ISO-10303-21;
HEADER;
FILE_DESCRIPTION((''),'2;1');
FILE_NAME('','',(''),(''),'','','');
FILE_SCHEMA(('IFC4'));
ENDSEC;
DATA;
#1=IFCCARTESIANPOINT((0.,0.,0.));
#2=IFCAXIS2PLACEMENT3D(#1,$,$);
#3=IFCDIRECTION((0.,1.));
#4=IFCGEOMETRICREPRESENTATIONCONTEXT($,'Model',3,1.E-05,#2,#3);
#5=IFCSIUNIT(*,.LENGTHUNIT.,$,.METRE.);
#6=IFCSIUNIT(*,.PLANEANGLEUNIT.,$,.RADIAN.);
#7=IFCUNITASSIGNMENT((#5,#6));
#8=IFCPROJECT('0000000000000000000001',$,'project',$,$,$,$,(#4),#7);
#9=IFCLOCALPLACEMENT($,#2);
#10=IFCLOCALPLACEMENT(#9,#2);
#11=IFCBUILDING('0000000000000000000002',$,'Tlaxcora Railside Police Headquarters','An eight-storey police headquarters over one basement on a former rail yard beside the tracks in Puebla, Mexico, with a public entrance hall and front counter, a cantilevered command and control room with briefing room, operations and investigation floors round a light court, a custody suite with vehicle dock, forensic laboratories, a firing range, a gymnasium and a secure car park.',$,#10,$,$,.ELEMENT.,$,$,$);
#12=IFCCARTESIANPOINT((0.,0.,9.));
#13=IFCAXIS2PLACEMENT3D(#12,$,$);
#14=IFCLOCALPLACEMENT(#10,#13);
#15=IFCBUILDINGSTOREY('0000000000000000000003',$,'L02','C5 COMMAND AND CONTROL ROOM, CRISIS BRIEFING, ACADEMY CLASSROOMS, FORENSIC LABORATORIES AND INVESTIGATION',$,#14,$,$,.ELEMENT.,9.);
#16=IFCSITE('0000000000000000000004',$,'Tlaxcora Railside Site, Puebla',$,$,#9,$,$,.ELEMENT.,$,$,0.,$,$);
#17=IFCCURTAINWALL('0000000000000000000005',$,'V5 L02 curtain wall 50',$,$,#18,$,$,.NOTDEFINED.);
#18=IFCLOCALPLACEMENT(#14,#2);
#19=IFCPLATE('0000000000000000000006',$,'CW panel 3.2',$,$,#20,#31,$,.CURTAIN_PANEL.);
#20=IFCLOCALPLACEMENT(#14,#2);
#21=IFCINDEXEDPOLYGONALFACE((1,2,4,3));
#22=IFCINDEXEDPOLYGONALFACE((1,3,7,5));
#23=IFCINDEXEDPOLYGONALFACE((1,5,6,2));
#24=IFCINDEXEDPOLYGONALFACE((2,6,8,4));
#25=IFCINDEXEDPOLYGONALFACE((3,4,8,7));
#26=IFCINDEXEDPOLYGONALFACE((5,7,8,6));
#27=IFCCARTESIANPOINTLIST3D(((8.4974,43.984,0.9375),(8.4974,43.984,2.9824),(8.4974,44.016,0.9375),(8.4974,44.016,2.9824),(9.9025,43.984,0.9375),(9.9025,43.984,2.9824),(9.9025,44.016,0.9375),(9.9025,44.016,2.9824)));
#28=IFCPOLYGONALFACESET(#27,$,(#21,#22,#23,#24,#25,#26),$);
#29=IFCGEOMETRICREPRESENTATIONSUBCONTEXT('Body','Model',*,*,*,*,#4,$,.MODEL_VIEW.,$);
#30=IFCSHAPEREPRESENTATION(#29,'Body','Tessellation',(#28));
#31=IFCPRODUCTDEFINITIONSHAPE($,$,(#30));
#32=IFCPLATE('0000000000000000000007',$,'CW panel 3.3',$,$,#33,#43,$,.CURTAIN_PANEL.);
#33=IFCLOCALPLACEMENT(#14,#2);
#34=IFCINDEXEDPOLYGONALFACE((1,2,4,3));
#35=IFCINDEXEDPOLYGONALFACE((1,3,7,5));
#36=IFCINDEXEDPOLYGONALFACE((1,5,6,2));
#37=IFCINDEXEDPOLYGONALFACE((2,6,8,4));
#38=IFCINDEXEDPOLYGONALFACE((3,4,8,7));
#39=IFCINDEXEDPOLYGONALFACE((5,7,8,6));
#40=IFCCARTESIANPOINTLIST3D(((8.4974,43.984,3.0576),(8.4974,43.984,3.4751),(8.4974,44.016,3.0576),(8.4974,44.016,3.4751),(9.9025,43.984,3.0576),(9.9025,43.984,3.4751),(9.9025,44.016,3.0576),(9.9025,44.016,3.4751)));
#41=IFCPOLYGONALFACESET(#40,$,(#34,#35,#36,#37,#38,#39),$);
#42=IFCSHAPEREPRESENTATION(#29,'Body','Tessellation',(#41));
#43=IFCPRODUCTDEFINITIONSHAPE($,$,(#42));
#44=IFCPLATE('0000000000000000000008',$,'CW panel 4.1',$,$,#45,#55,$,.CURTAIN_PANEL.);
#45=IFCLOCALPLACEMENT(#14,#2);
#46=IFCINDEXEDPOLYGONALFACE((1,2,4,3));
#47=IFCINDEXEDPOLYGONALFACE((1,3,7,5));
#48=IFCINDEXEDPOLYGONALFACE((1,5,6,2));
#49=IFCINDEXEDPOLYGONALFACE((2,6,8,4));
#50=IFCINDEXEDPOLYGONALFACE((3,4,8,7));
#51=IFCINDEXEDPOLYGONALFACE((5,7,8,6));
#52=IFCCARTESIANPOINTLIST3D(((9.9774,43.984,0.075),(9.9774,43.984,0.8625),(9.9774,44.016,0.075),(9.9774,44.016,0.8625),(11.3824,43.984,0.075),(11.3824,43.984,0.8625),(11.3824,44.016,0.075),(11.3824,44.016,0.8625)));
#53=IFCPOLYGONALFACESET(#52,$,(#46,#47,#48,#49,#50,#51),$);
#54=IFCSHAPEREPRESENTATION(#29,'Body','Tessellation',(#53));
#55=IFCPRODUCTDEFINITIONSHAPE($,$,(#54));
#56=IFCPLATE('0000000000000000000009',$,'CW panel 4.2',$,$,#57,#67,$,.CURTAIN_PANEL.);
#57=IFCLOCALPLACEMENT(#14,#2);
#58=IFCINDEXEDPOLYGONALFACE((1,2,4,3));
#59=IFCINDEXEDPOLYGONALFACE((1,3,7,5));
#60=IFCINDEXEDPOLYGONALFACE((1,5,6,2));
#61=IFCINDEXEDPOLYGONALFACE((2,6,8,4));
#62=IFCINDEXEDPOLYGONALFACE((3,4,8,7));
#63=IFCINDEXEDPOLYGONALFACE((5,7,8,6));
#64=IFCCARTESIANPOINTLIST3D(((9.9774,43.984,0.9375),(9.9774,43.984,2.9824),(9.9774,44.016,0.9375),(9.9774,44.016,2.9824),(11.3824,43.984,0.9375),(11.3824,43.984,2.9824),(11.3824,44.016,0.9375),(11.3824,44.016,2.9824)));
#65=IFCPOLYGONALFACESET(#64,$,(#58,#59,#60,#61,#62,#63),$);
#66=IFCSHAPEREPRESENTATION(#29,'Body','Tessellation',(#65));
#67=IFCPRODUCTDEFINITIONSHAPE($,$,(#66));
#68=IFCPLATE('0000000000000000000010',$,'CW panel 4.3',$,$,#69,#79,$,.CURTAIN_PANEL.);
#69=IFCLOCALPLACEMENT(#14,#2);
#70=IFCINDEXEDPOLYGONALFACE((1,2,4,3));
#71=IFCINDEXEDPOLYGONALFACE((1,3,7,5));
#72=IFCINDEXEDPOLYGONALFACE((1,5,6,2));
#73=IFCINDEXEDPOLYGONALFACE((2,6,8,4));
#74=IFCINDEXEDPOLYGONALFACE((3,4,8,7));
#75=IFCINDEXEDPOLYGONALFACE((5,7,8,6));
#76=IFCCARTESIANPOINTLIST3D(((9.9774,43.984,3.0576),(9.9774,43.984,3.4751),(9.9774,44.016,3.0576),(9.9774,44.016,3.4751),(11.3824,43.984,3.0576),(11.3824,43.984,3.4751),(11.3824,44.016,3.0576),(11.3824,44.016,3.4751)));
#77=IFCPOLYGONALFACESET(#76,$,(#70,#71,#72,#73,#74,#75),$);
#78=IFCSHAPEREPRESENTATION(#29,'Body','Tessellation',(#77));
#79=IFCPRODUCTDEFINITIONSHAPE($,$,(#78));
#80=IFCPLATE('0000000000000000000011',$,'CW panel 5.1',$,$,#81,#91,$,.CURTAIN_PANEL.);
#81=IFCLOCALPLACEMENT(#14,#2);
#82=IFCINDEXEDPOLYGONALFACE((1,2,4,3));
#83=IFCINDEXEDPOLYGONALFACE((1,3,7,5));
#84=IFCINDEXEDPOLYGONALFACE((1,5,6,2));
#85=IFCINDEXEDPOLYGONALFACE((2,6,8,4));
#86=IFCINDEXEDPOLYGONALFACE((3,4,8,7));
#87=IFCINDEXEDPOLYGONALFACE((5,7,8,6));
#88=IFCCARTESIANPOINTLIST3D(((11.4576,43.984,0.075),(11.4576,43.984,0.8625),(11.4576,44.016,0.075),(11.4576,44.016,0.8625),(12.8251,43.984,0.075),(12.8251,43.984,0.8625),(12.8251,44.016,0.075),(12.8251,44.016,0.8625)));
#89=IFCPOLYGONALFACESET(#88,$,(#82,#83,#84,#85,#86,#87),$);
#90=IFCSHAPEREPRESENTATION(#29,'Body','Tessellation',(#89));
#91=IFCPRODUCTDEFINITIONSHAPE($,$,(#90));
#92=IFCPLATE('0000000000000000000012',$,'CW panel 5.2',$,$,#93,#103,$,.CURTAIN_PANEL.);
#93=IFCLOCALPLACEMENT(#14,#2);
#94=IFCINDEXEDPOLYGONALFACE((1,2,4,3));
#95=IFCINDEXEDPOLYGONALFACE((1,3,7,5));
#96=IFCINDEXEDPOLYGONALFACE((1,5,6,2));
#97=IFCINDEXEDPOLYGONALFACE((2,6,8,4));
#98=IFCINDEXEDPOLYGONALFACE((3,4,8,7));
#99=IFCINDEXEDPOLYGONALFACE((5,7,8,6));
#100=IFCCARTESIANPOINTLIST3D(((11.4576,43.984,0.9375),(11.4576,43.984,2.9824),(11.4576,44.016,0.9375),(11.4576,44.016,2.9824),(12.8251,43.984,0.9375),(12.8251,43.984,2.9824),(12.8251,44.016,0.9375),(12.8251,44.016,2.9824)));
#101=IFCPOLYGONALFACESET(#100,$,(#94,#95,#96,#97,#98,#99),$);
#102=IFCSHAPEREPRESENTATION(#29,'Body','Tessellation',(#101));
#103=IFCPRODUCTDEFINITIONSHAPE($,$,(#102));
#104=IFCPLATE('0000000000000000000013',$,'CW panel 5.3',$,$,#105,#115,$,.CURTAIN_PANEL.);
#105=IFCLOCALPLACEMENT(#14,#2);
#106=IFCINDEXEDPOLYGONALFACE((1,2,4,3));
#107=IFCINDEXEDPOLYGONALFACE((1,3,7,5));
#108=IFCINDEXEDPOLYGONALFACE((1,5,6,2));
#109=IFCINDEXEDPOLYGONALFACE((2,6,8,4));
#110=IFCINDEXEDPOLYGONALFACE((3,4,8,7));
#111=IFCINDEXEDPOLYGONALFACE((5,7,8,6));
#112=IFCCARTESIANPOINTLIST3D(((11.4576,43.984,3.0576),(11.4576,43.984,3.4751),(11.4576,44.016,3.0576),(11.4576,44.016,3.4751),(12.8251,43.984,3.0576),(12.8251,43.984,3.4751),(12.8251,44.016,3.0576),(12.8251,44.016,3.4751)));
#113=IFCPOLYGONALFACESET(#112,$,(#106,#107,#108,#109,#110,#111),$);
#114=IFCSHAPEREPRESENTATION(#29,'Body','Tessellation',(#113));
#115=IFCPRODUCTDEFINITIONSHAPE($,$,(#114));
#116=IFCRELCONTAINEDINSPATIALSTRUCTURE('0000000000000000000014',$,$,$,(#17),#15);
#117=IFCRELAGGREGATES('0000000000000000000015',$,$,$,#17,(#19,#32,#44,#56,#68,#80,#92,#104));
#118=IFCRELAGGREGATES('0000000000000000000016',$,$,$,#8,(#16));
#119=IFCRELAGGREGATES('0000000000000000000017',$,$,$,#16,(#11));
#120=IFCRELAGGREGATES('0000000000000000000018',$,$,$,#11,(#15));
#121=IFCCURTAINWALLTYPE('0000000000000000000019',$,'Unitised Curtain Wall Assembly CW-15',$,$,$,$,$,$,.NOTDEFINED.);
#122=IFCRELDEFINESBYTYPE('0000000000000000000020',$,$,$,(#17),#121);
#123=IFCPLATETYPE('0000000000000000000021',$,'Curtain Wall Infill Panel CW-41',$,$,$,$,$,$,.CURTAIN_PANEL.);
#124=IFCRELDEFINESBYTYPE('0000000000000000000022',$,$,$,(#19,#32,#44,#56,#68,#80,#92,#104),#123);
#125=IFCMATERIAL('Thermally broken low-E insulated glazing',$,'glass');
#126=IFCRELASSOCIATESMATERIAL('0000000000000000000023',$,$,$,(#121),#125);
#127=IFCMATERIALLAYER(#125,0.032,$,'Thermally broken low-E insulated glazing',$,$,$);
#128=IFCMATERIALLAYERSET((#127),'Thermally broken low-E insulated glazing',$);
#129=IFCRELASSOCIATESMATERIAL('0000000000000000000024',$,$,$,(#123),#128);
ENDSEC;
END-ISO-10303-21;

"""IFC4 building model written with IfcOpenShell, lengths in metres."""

from ifc_helpers import new_model, si_unit, direction, frame, origin, origin_2d, place, context, subcontext, project, spatial, rectangle, extrude, material, layer, layer_set, type_object, element, aggregate, save


model = new_model("IFC4")

# Units and contexts
model_context = context("Model", 3, precision=1e-05, world=origin(), true_north=direction((0.0, 1.0)))
body_context = subcontext(model_context, "Body", "Model", "MODEL_VIEW")
ifc_project = project(units=[si_unit("LENGTHUNIT", "METRE"), si_unit("PLANEANGLEUNIT", "RADIAN")], contexts=[model_context])

# Site, building, storey
site_placement = place(None, origin())
site = spatial("IfcSite", under=ifc_project, at=site_placement, Name="Tlaxcora Railside Site, Puebla", CompositionType="ELEMENT", RefElevation=0.0)
building_placement = place(site_placement, origin())
building = spatial("IfcBuilding", under=site, at=building_placement, Name="Tlaxcora Railside Police Headquarters", Description="An eight-storey police headquarters over one basement on a former rail yard beside the tracks in Puebla, Mexico, with a public entrance hall and front counter, a cantilevered command and control room with briefing room, operations and investigation floors round a light court, a custody suite with vehicle dock, forensic laboratories, a firing range, a gymnasium and a secure car park.", CompositionType="ELEMENT")
storey_placement = place(building_placement, frame((0.0, 0.0, 9.0)))
storey = spatial("IfcBuildingStorey", under=building, at=storey_placement, Name="L02", Description="C5 COMMAND AND CONTROL ROOM, CRISIS BRIEFING, ACADEMY CLASSROOMS, FORENSIC LABORATORIES AND INVESTIGATION", CompositionType="ELEMENT", Elevation=9.0)

# Curtain wall, plates
ifc_material_1 = material(Name="Thermally broken low-E insulated glazing", Category="glass")
curtain_wall_type = type_object("IfcCurtainWallType", Name="Unitised Curtain Wall Assembly CW-15", PredefinedType="NOTDEFINED", material=ifc_material_1)
curtain_wall_placement = place(storey_placement, origin())
curtain_wall = element("IfcCurtainWall", 1, at=curtain_wall_placement, inside=storey, type_object=curtain_wall_type, Name="V5 L02 curtain wall 50", PredefinedType="NOTDEFINED")
ifc_layer = layer(ifc_material_1, 0.032, Name="Thermally broken low-E insulated glazing")
ifc_layer_set = layer_set([ifc_layer], Name="Thermally broken low-E insulated glazing")
plate_type = type_object("IfcPlateType", Name="Curtain Wall Infill Panel CW-41", PredefinedType="CURTAIN_PANEL", material=ifc_layer_set)
plate_1_placement = place(storey_placement, frame((9.2, 44.0, 0.9375), z_axis=(0.0, 0.0, 1.0), x_axis=(1.0, 0.0, 0.0)))
plate_1 = element("IfcPlate", 2, at=plate_1_placement, type_object=plate_type, Name="CW panel 3.2", PredefinedType="CURTAIN_PANEL", context=body_context, shape_type="SweptSolid", body=[
    extrude(rectangle(XDim=1.405, YDim=0.032, at=origin_2d()), origin(), (0.0, 0.0, 1.0), 2.0449),
])
plate_2_placement = place(storey_placement, frame((9.2, 44.0, 3.0576), z_axis=(0.0, 0.0, 1.0), x_axis=(1.0, 0.0, 0.0)))
plate_2 = element("IfcPlate", 3, at=plate_2_placement, type_object=plate_type, Name="CW panel 3.3", PredefinedType="CURTAIN_PANEL", context=body_context, shape_type="SweptSolid", body=[
    extrude(rectangle(XDim=1.405, YDim=0.032, at=origin_2d()), origin(), (0.0, 0.0, 1.0), 0.4175),
])
plate_3_placement = place(storey_placement, frame((10.6799, 44.0, 0.075), z_axis=(0.0, 0.0, 1.0), x_axis=(1.0, 0.0, 0.0)))
plate_3 = element("IfcPlate", 4, at=plate_3_placement, type_object=plate_type, Name="CW panel 4.1", PredefinedType="CURTAIN_PANEL", context=body_context, shape_type="SweptSolid", body=[
    extrude(rectangle(XDim=1.405, YDim=0.032, at=origin_2d()), origin(), (0.0, 0.0, 1.0), 0.7876),
])
plate_4_placement = place(storey_placement, frame((10.6799, 44.0, 0.9375), z_axis=(0.0, 0.0, 1.0), x_axis=(1.0, 0.0, 0.0)))
plate_4 = element("IfcPlate", 5, at=plate_4_placement, type_object=plate_type, Name="CW panel 4.2", PredefinedType="CURTAIN_PANEL", context=body_context, shape_type="SweptSolid", body=[
    extrude(rectangle(XDim=1.405, YDim=0.032, at=origin_2d()), origin(), (0.0, 0.0, 1.0), 2.0449),
])
plate_5_placement = place(storey_placement, frame((10.6799, 44.0, 3.0576), z_axis=(0.0, 0.0, 1.0), x_axis=(1.0, 0.0, 0.0)))
plate_5 = element("IfcPlate", 6, at=plate_5_placement, type_object=plate_type, Name="CW panel 4.3", PredefinedType="CURTAIN_PANEL", context=body_context, shape_type="SweptSolid", body=[
    extrude(rectangle(XDim=1.405, YDim=0.032, at=origin_2d()), origin(), (0.0, 0.0, 1.0), 0.4175),
])
plate_6_placement = place(storey_placement, frame((12.1414, 44.0, 0.075), z_axis=(0.0, 0.0, 1.0), x_axis=(1.0, 0.0, 0.0)))
plate_6 = element("IfcPlate", 7, at=plate_6_placement, type_object=plate_type, Name="CW panel 5.1", PredefinedType="CURTAIN_PANEL", context=body_context, shape_type="SweptSolid", body=[
    extrude(rectangle(XDim=1.3674, YDim=0.032, at=origin_2d()), origin(), (0.0, 0.0, 1.0), 0.7876),
])
plate_7_placement = place(storey_placement, frame((12.1414, 44.0, 0.9375), z_axis=(0.0, 0.0, 1.0), x_axis=(1.0, 0.0, 0.0)))
plate_7 = element("IfcPlate", 8, at=plate_7_placement, type_object=plate_type, Name="CW panel 5.2", PredefinedType="CURTAIN_PANEL", context=body_context, shape_type="SweptSolid", body=[
    extrude(rectangle(XDim=1.3674, YDim=0.032, at=origin_2d()), origin(), (0.0, 0.0, 1.0), 2.0449),
])
plate_8_placement = place(storey_placement, frame((12.1414, 44.0, 3.0576), z_axis=(0.0, 0.0, 1.0), x_axis=(1.0, 0.0, 0.0)))
plate_8 = element("IfcPlate", 9, at=plate_8_placement, type_object=plate_type, Name="CW panel 5.3", PredefinedType="CURTAIN_PANEL", context=body_context, shape_type="SweptSolid", body=[
    extrude(rectangle(XDim=1.3674, YDim=0.032, at=origin_2d()), origin(), (0.0, 0.0, 1.0), 0.4175),
])
aggregate(curtain_wall, [plate_1, plate_2, plate_3, plate_4, plate_5, plate_6, plate_7, plate_8])

save(model, "model.ifc")
